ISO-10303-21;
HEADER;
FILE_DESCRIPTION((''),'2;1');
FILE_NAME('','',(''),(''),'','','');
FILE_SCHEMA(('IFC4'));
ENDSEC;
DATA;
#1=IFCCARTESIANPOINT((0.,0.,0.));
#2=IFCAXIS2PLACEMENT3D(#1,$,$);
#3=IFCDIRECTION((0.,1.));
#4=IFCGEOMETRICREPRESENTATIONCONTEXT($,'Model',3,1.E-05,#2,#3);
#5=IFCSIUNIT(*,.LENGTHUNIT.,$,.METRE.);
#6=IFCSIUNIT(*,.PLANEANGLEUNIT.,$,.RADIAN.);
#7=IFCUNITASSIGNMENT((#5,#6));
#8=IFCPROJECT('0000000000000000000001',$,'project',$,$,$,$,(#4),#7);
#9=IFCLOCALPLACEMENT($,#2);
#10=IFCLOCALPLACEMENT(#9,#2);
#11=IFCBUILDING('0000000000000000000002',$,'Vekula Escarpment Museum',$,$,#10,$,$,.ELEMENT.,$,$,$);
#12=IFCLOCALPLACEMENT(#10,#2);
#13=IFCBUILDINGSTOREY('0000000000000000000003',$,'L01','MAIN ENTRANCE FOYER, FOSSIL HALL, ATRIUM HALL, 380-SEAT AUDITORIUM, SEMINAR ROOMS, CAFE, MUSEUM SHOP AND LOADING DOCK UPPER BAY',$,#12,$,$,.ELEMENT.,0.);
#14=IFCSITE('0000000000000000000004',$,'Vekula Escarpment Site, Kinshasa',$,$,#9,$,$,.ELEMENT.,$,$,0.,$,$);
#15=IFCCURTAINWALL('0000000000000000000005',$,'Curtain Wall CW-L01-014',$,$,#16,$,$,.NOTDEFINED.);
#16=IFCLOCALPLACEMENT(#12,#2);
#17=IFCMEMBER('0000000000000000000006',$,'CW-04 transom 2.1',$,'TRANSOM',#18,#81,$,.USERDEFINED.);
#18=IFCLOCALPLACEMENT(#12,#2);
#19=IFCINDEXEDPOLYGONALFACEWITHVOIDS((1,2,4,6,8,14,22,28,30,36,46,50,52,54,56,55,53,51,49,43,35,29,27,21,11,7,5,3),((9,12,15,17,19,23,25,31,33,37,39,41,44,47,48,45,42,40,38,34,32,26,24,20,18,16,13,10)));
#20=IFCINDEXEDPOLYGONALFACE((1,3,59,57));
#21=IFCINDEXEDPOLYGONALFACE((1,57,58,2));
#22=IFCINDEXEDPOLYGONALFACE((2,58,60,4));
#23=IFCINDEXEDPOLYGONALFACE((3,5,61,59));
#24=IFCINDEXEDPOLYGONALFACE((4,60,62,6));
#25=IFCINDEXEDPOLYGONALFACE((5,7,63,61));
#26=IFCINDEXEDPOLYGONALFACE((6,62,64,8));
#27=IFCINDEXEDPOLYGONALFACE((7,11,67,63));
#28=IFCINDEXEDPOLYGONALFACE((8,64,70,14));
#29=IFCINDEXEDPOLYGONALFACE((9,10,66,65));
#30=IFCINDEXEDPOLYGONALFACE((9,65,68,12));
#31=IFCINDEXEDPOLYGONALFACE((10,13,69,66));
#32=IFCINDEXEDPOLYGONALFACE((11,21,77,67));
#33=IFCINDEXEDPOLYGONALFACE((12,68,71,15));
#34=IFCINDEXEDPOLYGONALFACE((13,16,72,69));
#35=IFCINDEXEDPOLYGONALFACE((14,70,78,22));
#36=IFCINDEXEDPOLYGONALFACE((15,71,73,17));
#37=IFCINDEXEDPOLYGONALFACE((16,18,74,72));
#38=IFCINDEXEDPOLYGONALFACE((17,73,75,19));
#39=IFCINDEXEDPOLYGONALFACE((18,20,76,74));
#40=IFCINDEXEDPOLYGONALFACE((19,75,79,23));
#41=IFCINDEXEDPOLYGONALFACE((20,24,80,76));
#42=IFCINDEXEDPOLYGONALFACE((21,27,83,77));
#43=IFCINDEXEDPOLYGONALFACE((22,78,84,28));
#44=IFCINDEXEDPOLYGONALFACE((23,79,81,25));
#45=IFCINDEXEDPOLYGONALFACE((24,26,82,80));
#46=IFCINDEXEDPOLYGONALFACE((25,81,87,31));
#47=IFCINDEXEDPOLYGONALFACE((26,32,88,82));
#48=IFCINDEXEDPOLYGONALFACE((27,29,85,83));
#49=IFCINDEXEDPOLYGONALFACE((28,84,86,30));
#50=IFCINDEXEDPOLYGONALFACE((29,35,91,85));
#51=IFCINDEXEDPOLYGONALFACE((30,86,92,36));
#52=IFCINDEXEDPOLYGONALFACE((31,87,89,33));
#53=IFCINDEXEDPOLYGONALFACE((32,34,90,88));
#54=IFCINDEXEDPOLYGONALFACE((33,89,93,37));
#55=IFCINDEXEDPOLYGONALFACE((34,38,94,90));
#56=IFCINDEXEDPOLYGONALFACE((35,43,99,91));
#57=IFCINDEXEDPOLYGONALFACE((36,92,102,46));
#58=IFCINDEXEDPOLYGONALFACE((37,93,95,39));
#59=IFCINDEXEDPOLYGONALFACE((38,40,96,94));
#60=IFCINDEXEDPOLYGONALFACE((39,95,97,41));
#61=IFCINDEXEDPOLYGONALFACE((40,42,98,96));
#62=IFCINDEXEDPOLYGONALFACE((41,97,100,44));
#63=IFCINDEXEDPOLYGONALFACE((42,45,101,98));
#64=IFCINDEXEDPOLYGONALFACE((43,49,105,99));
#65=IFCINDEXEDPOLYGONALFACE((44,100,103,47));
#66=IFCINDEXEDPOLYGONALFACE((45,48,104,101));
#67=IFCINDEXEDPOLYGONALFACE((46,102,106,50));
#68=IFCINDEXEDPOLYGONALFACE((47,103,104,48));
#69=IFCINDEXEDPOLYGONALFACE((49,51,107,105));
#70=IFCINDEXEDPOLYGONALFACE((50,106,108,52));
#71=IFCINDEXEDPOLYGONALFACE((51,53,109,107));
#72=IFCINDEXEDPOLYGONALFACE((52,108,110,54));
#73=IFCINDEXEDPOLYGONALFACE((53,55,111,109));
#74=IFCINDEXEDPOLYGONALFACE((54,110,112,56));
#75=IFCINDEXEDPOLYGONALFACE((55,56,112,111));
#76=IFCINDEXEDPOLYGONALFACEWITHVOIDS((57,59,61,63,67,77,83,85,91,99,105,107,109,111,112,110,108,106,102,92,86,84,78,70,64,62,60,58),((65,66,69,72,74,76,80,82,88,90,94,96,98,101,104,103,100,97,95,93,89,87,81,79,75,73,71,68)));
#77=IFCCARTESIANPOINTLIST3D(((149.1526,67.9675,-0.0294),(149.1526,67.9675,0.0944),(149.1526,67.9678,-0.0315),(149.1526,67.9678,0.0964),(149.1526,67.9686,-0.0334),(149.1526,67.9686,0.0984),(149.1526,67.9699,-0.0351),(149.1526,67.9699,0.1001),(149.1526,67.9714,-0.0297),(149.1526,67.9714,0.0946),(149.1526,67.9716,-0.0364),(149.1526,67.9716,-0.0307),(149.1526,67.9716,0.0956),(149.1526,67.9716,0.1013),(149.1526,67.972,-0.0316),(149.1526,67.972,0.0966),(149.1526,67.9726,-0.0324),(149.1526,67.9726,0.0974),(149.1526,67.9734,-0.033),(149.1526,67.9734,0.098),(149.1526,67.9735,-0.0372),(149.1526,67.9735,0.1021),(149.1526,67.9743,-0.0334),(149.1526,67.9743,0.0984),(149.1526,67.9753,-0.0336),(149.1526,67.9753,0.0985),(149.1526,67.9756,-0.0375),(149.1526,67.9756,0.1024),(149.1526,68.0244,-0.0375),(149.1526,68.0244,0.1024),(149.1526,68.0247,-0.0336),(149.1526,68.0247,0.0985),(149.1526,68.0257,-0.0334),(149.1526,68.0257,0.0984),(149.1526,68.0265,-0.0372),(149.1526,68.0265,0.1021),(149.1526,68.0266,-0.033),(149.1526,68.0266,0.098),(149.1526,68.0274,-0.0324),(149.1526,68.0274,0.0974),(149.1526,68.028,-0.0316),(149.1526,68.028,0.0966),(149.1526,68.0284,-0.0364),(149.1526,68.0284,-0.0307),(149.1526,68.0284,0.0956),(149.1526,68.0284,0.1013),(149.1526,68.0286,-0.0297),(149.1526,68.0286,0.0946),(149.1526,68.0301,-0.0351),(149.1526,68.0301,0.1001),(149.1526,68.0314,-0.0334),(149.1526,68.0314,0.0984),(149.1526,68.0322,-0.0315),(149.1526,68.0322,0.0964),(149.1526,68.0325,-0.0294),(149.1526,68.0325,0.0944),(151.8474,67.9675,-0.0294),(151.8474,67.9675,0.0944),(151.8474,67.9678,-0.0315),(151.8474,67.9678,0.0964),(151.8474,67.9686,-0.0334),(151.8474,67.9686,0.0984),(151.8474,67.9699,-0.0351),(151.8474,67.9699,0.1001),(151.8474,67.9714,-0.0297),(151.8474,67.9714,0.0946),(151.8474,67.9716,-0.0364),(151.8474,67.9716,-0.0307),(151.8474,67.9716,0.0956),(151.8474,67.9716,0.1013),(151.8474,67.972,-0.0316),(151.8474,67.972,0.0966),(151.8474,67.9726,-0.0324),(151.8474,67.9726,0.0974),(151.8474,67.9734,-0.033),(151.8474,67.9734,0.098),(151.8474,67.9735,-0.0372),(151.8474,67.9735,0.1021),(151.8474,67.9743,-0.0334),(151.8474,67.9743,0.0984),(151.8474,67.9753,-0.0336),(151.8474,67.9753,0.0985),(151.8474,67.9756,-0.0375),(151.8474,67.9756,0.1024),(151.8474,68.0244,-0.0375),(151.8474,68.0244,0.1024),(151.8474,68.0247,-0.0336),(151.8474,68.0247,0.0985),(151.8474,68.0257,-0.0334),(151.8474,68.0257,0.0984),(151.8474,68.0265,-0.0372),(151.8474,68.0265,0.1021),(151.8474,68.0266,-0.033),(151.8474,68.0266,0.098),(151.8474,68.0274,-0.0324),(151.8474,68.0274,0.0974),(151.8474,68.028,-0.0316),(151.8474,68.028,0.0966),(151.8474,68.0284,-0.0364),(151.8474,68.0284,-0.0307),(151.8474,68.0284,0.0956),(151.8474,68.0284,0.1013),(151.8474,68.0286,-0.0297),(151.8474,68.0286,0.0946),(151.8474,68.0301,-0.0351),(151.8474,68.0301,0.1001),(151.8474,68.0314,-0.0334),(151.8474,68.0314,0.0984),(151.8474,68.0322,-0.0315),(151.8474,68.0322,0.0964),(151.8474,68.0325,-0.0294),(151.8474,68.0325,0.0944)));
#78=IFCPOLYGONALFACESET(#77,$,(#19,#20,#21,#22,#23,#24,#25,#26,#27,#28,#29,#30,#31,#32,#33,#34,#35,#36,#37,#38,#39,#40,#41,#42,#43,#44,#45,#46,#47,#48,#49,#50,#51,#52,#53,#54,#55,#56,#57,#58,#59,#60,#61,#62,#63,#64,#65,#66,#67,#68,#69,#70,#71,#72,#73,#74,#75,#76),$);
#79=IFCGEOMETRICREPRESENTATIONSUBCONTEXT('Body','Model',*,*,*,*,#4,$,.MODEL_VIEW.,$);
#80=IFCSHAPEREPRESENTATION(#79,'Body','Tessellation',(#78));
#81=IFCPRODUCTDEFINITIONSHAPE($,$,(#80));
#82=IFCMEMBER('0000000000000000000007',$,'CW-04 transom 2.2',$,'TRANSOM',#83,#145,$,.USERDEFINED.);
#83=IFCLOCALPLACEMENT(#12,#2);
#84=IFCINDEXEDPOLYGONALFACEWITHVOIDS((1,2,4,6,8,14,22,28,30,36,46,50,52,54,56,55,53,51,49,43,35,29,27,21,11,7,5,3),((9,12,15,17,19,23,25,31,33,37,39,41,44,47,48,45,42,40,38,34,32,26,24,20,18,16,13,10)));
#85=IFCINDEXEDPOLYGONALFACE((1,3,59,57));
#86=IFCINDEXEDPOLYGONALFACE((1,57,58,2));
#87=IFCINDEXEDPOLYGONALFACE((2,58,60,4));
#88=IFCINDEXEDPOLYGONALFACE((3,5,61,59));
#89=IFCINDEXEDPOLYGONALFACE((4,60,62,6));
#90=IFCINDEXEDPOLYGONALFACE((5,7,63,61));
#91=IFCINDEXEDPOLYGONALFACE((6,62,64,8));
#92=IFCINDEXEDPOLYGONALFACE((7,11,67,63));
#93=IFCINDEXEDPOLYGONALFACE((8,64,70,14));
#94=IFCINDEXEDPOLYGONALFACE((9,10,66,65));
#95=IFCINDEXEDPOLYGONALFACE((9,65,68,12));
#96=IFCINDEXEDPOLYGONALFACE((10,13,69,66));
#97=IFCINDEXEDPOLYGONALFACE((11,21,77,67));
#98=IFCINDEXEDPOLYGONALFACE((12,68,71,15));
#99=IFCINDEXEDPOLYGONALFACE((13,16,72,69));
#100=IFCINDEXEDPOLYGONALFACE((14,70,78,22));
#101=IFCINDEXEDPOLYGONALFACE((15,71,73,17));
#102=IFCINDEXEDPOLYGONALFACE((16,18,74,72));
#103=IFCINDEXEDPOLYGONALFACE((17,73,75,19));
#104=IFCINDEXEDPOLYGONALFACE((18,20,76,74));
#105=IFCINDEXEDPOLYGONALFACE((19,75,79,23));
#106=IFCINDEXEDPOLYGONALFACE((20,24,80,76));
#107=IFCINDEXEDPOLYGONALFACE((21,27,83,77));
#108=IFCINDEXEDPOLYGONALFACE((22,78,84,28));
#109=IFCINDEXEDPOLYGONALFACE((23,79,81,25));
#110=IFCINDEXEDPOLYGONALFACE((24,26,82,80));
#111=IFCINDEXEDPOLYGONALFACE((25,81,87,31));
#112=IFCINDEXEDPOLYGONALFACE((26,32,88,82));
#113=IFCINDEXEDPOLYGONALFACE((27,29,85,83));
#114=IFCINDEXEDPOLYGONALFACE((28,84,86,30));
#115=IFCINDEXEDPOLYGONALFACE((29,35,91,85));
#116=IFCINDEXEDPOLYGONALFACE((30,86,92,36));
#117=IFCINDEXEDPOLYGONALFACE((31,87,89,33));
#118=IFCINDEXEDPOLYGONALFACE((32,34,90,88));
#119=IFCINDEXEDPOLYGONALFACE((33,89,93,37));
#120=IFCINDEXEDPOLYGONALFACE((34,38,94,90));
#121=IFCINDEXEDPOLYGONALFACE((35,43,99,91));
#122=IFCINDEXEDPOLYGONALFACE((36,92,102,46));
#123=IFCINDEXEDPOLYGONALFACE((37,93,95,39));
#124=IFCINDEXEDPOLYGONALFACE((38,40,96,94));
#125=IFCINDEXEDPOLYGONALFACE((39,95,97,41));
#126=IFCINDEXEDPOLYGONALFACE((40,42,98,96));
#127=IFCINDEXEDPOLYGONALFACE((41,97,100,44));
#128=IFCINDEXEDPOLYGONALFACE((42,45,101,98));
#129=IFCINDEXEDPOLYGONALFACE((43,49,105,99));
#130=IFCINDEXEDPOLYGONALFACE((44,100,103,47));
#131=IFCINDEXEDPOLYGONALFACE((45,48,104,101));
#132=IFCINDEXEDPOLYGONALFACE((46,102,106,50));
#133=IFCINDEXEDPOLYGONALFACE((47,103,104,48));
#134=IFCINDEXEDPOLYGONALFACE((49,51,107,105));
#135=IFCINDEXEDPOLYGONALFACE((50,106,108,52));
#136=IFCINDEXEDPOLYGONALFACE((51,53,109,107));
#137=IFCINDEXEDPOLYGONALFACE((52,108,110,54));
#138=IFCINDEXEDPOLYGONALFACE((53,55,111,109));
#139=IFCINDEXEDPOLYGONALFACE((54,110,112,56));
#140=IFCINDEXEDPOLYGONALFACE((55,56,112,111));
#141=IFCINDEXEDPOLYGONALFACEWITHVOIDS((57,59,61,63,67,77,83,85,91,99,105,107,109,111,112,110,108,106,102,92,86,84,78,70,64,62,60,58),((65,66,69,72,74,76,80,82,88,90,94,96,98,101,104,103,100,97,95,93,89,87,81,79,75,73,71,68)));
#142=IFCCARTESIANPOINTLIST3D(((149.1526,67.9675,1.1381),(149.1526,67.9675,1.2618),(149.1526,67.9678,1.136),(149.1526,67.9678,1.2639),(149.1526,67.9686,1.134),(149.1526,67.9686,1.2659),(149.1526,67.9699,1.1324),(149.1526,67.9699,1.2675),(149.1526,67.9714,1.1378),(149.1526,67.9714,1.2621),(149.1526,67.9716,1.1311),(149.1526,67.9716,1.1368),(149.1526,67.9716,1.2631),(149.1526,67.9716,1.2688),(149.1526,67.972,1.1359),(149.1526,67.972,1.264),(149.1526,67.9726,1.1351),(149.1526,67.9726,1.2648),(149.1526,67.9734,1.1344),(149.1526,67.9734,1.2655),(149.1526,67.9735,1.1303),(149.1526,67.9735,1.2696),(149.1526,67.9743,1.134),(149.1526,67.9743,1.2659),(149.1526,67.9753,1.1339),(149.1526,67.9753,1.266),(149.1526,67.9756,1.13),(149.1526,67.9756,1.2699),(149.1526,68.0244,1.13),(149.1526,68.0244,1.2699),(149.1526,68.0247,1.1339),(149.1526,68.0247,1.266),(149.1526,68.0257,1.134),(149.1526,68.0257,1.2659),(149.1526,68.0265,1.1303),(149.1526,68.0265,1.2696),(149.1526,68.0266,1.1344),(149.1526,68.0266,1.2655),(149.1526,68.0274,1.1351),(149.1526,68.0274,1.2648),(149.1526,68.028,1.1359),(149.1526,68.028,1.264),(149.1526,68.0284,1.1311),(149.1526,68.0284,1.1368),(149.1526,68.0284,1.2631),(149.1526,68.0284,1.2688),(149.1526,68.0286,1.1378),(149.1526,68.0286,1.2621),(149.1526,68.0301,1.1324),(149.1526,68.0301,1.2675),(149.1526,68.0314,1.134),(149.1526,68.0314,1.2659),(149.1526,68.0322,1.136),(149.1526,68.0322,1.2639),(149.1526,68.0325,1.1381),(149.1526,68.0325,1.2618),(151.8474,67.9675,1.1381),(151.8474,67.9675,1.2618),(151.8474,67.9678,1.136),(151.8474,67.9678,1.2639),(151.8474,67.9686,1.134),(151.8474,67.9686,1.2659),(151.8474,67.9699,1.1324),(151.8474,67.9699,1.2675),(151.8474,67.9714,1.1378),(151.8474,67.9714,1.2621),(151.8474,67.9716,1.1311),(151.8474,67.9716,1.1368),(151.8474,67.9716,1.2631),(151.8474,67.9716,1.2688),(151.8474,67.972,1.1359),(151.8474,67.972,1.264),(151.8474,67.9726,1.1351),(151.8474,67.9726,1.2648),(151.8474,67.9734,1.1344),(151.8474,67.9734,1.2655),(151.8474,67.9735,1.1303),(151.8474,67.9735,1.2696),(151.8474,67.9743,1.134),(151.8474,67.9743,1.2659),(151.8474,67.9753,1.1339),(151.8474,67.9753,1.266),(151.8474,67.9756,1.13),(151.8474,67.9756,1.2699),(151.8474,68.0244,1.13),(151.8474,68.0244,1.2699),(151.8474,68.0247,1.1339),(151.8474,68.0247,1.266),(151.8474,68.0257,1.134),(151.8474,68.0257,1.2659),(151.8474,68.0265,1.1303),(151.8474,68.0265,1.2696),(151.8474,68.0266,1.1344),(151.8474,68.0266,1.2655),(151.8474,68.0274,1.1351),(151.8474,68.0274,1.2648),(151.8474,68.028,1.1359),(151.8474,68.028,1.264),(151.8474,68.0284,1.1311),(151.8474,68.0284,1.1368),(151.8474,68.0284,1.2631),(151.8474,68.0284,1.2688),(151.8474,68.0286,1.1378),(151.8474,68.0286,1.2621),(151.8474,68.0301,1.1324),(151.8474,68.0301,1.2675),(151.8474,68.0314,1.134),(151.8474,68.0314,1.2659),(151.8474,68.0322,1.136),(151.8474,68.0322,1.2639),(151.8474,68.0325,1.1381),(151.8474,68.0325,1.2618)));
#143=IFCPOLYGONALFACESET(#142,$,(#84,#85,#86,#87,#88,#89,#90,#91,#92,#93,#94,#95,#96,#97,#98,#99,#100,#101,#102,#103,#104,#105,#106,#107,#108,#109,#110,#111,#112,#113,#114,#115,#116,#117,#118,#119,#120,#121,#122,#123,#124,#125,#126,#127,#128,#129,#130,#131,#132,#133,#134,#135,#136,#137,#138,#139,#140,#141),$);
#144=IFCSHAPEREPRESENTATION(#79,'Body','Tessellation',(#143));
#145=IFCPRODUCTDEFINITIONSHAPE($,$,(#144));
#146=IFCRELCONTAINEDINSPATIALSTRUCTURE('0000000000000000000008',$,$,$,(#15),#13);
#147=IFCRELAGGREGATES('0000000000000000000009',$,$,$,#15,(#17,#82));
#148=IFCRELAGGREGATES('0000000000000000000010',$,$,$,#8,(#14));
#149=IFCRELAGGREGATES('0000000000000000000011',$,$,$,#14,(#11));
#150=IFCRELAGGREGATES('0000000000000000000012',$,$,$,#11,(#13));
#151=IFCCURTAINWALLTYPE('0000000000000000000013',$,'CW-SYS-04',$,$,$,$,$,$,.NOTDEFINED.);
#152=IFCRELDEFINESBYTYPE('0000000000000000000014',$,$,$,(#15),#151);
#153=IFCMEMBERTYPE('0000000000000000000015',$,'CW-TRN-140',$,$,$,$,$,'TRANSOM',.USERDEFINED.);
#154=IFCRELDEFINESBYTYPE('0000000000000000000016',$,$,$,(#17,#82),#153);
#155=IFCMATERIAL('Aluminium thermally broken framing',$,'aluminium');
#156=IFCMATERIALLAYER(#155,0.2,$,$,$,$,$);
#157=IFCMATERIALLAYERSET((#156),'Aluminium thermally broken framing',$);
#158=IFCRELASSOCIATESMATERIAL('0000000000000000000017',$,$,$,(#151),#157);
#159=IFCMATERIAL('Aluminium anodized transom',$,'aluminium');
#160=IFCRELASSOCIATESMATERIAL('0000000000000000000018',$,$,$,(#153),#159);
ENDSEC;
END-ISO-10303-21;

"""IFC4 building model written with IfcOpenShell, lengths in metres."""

from ifc_helpers import new_model, si_unit, direction, frame, origin, origin_2d, place, context, subcontext, project, spatial, hollow_rectangle, extrude, material, layer, layer_set, material_profile, profile_set, type_object, element, aggregate, save


model = new_model("IFC4")

# Units and contexts
model_context = context("Model", 3, precision=1e-05, world=origin(), true_north=direction((0.0, 1.0)))
body_context = subcontext(model_context, "Body", "Model", "MODEL_VIEW")
ifc_project = project(units=[si_unit("LENGTHUNIT", "METRE"), si_unit("PLANEANGLEUNIT", "RADIAN")], contexts=[model_context])

# Site, building, storey
site_placement = place(None, origin())
site = spatial("IfcSite", under=ifc_project, at=site_placement, Name="Vekula Escarpment Site, Kinshasa", CompositionType="ELEMENT", RefElevation=0.0)
building_placement = place(site_placement, origin())
building = spatial("IfcBuilding", under=site, at=building_placement, Name="Vekula Escarpment Museum", CompositionType="ELEMENT")
storey_placement = place(building_placement, origin())
storey = spatial("IfcBuildingStorey", under=building, at=storey_placement, Name="L01", Description="MAIN ENTRANCE FOYER, FOSSIL HALL, ATRIUM HALL, 380-SEAT AUDITORIUM, SEMINAR ROOMS, CAFE, MUSEUM SHOP AND LOADING DOCK UPPER BAY", CompositionType="ELEMENT", Elevation=0.0)

# Curtain wall
ifc_material_1 = material(Name="Aluminium thermally broken framing", Category="aluminium")
ifc_layer_1 = layer(ifc_material_1, 0.2)
ifc_layer_set_1 = layer_set([ifc_layer_1], Name="Aluminium thermally broken framing")
curtain_wall_type_1 = type_object("IfcCurtainWallType", Name="CW-SYS-04", PredefinedType="NOTDEFINED", material=ifc_layer_set_1)
curtain_wall_1_placement = place(storey_placement, origin())
curtain_wall_1 = element("IfcCurtainWall", 1, at=curtain_wall_1_placement, inside=storey, type_object=curtain_wall_type_1, Name="Curtain Wall CW-L01-014", PredefinedType="NOTDEFINED")

# Members
ifc_material_2 = material(Name="Aluminium anodized transom", Category="aluminium")
ifc_material_profile_1 = material_profile(ifc_material_2, hollow_rectangle(XDim=0.0649, YDim=0.1399, WallThickness=0.0039, InnerFilletRadius=0.0039, OuterFilletRadius=0.0081, at=origin_2d()), Name="ALU 140x65x4")
ifc_profile_set_1 = profile_set([ifc_material_profile_1], Name="Aluminium anodized transom")
member_type_1 = type_object("IfcMemberType", Name="CW-TRN-140", ElementType="TRANSOM", PredefinedType="USERDEFINED", material=ifc_profile_set_1)
member_1_placement = place(storey_placement, frame((149.1526, 68.0, 0.0325), z_axis=(1.0, 0.0, 0.0), x_axis=(0.0, 1.0, 0.0)))
member_1 = element("IfcMember", 2, at=member_1_placement, type_object=member_type_1, Name="CW-04 transom 2.1", ObjectType="TRANSOM", PredefinedType="USERDEFINED", context=body_context, shape_type="SweptSolid", body=[
    extrude(hollow_rectangle(XDim=0.0649, YDim=0.1399, WallThickness=0.0039, InnerFilletRadius=0.0039, OuterFilletRadius=0.0081, at=origin_2d()), origin(), (0.0, 0.0, 1.0), 2.6948),
])
member_2_placement = place(storey_placement, frame((149.1526, 68.0, 1.2), z_axis=(1.0, 0.0, 0.0), x_axis=(0.0, 1.0, 0.0)))
member_2 = element("IfcMember", 3, at=member_2_placement, type_object=member_type_1, Name="CW-04 transom 2.2", ObjectType="TRANSOM", PredefinedType="USERDEFINED", context=body_context, shape_type="SweptSolid", body=[
    extrude(hollow_rectangle(XDim=0.0649, YDim=0.1399, WallThickness=0.0039, InnerFilletRadius=0.0039, OuterFilletRadius=0.0081, at=origin_2d()), origin(), (0.0, 0.0, 1.0), 2.6948),
])

aggregate(curtain_wall_1, [member_1, member_2])

save(model, "model.ifc")
